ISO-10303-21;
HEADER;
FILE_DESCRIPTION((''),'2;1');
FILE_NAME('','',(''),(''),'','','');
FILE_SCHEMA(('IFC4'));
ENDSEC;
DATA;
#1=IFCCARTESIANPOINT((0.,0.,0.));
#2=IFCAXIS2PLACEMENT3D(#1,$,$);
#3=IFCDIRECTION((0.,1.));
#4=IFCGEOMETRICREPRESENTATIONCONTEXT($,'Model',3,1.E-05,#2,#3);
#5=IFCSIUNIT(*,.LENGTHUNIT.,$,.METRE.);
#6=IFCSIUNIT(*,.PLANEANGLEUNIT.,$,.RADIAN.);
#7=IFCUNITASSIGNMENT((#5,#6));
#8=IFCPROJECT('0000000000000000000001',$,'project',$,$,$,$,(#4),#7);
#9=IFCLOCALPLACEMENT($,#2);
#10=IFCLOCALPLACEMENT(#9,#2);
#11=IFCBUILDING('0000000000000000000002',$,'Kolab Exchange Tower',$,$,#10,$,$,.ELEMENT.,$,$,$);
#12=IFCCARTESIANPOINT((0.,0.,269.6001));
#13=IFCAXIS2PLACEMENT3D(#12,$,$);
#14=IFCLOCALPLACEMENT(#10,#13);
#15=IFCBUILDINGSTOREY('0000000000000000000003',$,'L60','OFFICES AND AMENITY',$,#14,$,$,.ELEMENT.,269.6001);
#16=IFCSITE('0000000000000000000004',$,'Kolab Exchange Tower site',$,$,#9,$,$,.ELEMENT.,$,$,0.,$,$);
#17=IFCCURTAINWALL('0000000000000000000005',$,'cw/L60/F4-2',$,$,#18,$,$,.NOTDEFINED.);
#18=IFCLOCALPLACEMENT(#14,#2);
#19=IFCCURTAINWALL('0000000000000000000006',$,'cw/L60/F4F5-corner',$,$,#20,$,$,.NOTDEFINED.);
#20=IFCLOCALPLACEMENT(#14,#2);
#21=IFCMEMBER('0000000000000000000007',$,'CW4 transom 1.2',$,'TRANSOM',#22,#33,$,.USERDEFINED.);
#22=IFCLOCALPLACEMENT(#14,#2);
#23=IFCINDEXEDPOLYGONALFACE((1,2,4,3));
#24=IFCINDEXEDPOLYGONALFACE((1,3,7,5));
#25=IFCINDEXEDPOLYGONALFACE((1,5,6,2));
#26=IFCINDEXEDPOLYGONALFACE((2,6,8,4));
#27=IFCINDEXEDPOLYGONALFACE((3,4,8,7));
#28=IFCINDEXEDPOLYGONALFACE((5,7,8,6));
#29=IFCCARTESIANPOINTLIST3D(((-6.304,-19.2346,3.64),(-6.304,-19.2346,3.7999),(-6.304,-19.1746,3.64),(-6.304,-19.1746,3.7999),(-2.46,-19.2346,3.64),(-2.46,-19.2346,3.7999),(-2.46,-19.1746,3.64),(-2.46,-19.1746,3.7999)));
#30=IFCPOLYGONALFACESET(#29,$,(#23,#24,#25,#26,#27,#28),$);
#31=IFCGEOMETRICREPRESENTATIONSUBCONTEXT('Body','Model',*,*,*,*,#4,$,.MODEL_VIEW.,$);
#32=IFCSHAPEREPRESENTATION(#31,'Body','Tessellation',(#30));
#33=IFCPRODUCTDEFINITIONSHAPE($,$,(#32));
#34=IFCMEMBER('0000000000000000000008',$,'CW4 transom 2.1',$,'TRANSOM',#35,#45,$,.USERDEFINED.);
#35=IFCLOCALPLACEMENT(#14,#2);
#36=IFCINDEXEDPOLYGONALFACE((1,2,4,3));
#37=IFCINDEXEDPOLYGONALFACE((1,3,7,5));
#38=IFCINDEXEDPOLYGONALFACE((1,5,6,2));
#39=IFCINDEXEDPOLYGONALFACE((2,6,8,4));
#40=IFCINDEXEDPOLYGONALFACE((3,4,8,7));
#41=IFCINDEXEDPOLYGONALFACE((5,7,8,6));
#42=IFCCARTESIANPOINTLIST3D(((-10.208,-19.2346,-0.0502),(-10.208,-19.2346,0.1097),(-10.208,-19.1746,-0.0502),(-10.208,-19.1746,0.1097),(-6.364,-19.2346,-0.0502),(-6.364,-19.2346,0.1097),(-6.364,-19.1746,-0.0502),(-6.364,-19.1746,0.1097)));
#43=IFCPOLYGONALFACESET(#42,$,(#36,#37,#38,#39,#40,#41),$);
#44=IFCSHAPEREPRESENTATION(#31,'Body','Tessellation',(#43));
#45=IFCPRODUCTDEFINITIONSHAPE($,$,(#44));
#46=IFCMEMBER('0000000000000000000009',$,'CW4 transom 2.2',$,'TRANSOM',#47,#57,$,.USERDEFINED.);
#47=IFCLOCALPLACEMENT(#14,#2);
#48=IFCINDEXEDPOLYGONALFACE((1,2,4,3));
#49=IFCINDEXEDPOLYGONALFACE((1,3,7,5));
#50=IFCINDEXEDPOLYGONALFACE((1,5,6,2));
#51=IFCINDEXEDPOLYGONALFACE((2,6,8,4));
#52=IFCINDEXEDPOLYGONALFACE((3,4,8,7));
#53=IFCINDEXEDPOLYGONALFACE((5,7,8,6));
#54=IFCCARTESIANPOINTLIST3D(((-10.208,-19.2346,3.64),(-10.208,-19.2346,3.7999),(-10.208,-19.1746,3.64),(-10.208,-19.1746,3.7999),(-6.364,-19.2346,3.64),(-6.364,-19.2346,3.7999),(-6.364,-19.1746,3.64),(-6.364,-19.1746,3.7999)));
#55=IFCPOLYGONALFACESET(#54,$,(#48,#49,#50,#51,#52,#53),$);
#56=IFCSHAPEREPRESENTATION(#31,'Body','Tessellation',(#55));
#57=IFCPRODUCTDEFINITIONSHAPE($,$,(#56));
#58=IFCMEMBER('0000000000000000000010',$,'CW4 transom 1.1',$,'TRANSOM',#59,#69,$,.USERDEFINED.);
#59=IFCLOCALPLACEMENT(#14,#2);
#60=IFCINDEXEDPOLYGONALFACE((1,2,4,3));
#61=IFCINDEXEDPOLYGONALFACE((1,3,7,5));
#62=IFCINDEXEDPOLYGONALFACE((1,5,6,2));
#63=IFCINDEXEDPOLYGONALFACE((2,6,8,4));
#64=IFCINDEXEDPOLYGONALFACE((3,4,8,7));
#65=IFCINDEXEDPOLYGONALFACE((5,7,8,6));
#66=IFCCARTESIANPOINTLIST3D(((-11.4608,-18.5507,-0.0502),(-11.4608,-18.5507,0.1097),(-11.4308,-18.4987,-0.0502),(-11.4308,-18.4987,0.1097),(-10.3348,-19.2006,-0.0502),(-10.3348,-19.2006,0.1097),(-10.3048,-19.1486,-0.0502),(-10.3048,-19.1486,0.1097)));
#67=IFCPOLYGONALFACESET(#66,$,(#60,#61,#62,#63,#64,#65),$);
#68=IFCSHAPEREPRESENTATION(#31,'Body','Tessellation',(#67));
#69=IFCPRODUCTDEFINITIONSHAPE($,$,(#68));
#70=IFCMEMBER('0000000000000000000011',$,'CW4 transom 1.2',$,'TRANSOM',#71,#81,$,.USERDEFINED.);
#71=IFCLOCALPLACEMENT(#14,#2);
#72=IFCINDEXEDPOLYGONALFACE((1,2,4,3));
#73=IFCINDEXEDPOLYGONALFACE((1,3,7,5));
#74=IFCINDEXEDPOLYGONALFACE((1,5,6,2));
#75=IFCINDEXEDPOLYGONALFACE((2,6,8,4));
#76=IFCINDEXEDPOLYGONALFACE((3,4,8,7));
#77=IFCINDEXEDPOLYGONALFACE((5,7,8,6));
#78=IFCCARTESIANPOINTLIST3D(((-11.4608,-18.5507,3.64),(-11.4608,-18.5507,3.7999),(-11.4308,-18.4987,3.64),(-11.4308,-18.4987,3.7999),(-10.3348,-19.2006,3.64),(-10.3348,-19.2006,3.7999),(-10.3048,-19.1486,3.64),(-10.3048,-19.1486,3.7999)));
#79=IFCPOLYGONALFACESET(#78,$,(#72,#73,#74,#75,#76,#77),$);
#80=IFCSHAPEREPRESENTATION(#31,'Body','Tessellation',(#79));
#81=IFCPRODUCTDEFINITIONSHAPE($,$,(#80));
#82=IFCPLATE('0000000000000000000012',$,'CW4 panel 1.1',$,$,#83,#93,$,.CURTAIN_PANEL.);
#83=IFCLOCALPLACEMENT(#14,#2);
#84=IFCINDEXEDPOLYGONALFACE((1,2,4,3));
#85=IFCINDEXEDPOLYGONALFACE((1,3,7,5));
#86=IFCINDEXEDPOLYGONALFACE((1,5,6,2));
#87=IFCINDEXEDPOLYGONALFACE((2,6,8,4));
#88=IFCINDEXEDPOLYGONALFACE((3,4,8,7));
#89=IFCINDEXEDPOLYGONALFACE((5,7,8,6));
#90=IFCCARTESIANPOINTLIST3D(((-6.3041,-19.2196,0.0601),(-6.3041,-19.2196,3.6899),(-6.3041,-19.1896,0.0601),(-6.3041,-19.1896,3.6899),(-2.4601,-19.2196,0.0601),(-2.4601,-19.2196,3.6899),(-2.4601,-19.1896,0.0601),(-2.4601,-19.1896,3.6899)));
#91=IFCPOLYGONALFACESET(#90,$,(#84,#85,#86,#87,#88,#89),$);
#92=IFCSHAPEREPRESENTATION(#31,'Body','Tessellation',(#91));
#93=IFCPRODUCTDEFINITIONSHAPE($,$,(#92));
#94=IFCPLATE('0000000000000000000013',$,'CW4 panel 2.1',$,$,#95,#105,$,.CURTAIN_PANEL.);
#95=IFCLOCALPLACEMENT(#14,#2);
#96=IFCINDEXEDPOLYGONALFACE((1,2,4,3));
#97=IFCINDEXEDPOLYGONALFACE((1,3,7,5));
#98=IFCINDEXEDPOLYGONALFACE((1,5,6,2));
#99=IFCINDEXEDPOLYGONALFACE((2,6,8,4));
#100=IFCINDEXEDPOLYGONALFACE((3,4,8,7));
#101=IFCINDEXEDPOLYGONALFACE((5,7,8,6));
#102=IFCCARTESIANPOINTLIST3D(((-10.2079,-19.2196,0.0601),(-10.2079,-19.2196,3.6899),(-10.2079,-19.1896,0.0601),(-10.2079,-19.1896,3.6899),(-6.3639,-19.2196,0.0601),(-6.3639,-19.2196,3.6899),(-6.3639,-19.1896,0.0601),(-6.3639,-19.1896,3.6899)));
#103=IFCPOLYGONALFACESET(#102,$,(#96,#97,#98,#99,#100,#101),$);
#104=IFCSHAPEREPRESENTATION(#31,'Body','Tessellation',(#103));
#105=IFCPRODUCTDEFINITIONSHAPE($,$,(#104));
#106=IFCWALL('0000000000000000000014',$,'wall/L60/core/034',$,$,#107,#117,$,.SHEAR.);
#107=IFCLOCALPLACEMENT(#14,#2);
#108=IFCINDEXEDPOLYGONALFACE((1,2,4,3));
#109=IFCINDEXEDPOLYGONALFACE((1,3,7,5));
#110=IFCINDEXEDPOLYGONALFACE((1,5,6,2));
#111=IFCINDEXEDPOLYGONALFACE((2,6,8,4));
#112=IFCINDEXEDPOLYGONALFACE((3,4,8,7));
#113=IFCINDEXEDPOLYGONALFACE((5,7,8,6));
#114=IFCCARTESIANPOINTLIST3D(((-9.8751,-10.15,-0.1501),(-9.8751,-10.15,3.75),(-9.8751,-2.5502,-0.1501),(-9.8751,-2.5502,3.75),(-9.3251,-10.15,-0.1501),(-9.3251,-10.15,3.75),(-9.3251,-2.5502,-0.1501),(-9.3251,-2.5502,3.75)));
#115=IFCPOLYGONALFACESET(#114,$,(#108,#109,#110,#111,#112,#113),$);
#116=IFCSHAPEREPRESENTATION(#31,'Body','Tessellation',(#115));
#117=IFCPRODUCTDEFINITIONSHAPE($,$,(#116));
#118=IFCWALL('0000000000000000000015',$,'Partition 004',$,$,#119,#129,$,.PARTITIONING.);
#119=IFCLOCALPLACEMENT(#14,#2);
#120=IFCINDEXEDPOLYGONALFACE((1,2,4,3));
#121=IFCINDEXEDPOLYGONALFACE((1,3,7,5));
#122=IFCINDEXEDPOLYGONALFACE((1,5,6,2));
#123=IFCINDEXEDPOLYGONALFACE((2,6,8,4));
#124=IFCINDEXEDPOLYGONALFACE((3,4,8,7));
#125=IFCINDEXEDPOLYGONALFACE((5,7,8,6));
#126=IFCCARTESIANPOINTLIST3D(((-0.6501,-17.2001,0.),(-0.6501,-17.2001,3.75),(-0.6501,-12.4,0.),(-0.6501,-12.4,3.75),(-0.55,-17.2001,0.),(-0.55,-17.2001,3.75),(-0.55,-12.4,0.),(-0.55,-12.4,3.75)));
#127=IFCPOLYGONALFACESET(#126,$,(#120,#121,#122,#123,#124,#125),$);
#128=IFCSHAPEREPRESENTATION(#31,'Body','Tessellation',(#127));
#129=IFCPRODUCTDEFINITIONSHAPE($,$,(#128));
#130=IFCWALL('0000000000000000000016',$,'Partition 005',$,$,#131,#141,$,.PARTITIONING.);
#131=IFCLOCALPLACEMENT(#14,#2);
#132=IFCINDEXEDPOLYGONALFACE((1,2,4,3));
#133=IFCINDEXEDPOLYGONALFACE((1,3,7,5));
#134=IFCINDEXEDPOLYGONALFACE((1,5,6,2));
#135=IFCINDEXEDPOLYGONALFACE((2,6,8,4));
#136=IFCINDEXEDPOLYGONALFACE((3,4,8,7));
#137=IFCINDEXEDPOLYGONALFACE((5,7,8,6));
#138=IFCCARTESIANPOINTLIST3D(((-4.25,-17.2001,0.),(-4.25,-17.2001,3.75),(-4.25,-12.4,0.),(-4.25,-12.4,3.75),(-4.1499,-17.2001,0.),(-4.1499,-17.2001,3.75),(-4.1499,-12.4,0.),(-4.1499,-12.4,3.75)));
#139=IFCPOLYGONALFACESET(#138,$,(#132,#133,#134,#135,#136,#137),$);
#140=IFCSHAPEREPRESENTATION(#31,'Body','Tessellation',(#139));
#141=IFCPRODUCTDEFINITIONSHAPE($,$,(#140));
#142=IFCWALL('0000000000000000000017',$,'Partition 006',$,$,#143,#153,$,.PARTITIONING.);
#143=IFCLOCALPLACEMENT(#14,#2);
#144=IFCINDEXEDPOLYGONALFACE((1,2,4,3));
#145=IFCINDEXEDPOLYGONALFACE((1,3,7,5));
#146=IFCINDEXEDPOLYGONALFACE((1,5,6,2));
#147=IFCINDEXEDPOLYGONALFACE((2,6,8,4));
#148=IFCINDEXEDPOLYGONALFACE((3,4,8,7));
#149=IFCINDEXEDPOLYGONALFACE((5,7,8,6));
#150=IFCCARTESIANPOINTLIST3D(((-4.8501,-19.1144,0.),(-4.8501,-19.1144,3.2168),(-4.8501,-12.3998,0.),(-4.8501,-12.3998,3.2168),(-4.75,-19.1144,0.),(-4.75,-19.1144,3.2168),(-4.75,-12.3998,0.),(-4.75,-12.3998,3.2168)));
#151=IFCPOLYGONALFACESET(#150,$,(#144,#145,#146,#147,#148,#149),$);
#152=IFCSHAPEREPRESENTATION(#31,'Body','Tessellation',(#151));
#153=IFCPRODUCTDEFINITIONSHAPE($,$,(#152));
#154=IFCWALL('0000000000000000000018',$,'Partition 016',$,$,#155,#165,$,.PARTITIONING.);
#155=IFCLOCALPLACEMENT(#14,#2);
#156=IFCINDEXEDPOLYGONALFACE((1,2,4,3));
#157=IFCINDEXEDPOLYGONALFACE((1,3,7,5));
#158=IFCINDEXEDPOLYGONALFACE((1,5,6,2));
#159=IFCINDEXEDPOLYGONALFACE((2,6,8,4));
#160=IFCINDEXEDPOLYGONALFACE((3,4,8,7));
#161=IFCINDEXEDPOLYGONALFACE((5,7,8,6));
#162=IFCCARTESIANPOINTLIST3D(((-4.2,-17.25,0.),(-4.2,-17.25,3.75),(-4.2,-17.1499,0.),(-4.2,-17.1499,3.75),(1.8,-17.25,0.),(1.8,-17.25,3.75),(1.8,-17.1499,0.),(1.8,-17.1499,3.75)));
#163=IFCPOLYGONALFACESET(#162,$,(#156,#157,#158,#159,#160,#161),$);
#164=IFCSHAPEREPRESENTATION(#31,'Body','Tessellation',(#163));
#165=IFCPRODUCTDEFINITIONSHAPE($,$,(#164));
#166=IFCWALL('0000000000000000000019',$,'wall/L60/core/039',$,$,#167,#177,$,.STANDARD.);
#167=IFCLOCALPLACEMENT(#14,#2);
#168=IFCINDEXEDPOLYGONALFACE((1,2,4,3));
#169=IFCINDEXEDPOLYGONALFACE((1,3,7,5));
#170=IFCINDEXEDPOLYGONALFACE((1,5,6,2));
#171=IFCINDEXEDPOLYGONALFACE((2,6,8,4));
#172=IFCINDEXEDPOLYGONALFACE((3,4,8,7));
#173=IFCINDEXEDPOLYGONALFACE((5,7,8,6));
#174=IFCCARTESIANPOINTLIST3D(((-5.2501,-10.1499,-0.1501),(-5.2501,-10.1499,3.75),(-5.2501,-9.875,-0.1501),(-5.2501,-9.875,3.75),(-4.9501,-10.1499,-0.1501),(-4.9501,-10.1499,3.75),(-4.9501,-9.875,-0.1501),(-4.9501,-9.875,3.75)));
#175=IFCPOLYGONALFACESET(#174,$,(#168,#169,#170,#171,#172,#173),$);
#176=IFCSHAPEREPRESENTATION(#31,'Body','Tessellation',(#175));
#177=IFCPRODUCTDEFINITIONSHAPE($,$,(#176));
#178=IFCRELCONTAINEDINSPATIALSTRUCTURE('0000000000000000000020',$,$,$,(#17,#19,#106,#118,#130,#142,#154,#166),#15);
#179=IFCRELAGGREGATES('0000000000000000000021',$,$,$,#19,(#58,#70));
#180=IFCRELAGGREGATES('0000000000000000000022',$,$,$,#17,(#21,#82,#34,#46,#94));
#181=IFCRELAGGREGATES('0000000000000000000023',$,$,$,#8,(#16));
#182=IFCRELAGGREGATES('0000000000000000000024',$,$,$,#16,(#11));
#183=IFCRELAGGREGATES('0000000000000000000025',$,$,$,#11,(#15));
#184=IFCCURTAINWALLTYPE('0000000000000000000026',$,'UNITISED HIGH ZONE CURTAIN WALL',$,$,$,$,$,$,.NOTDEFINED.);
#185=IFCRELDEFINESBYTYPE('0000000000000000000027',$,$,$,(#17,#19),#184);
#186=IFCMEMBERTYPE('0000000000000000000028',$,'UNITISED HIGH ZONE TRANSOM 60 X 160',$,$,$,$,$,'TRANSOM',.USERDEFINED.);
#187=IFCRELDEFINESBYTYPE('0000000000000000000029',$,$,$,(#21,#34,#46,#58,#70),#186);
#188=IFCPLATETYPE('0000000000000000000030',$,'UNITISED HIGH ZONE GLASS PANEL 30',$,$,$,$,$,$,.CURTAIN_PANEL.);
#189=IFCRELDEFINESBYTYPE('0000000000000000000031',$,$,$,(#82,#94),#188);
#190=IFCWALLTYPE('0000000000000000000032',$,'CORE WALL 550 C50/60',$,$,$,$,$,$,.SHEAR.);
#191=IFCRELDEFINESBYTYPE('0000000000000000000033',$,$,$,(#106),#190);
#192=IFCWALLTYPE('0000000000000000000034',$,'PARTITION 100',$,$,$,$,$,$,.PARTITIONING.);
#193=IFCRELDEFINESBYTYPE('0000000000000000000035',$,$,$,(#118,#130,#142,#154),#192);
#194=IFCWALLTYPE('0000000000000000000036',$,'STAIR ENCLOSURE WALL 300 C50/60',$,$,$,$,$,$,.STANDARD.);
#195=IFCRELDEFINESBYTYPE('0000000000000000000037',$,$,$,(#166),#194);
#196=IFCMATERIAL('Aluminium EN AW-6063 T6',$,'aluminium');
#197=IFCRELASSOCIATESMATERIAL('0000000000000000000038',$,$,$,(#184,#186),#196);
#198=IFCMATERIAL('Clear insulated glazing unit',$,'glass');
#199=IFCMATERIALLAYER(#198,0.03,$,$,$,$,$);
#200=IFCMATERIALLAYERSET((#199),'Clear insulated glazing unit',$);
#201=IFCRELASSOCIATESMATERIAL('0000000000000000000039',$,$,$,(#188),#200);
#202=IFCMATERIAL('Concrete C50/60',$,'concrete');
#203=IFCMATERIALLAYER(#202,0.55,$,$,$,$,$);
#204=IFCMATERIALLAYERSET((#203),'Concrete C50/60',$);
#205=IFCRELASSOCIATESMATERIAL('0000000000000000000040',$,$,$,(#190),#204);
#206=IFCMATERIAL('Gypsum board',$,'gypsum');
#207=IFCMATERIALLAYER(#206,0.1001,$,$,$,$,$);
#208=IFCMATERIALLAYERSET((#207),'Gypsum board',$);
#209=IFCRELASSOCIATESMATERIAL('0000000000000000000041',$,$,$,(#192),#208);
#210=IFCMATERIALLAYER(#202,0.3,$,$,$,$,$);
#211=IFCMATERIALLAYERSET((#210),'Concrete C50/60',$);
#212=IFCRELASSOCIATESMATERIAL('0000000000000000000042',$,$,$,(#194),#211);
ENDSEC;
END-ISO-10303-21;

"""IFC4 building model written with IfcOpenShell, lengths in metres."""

from ifc_helpers import new_model, si_unit, direction, frame, frame_2d, origin, origin_2d, place, context, subcontext, project, spatial, rectangle, extrude, material, layer, layer_set, material_profile, profile_set, type_object, element, aggregate, save


model = new_model("IFC4")

# Units and contexts
model_context = context("Model", 3, precision=1e-05, world=origin(), true_north=direction((0.0, 1.0)))
body_context = subcontext(model_context, "Body", "Model", "MODEL_VIEW")
ifc_project = project(units=[si_unit("LENGTHUNIT", "METRE"), si_unit("PLANEANGLEUNIT", "RADIAN")], contexts=[model_context])

# Site, building, storey
site_placement = place(None, origin())
site = spatial("IfcSite", under=ifc_project, at=site_placement, Name="Kolab Exchange Tower site", CompositionType="ELEMENT", RefElevation=0.0)
building_placement = place(site_placement, origin())
building = spatial("IfcBuilding", under=site, at=building_placement, Name="Kolab Exchange Tower", CompositionType="ELEMENT")
storey_placement = place(building_placement, frame((0.0, 0.0, 269.6001)))
storey = spatial("IfcBuildingStorey", under=building, at=storey_placement, Name="L60", Description="OFFICES AND AMENITY", CompositionType="ELEMENT", Elevation=269.6001)

# Shared definitions
ifc_material_1 = material(Name="Concrete C50/60", Category="concrete")

# Curtain wall
ifc_material_2 = material(Name="Aluminium EN AW-6063 T6", Category="aluminium")
curtain_wall_type = type_object("IfcCurtainWallType", Name="UNITISED HIGH ZONE CURTAIN WALL", PredefinedType="NOTDEFINED", material=ifc_material_2)
curtain_wall_1_placement = place(storey_placement, origin())
curtain_wall_1 = element("IfcCurtainWall", 1, at=curtain_wall_1_placement, inside=storey, type_object=curtain_wall_type, Name="cw/L60/F4-2", PredefinedType="NOTDEFINED")

# Curtain wall
curtain_wall_2_placement = place(storey_placement, origin())
curtain_wall_2 = element("IfcCurtainWall", 2, at=curtain_wall_2_placement, inside=storey, type_object=curtain_wall_type, Name="cw/L60/F4F5-corner", PredefinedType="NOTDEFINED")

# Members
ifc_material_profile_1 = material_profile(ifc_material_2, rectangle(XDim=0.0601, YDim=0.1599, at=origin_2d()), Name="RECT 60X160")
ifc_profile_set_1 = profile_set([ifc_material_profile_1], Name="Aluminium EN AW-6063 T6")
member_type_1 = type_object("IfcMemberType", Name="UNITISED HIGH ZONE TRANSOM 60 X 160", ElementType="TRANSOM", PredefinedType="USERDEFINED", material=ifc_profile_set_1)
member_1_placement = place(storey_placement, frame((-2.46, -19.2046, 3.72), z_axis=(-1.0, 0.0, 0.0), x_axis=(0.0, -1.0, 0.0)))
member_1 = element("IfcMember", 3, at=member_1_placement, type_object=member_type_1, Name="CW4 transom 1.2", ObjectType="TRANSOM", PredefinedType="USERDEFINED", context=body_context, shape_type="SweptSolid", body=[
    extrude(rectangle(XDim=0.0601, YDim=0.1599, at=origin_2d()), origin(), (0.0, 0.0, 1.0), 3.844),
])
member_2_placement = place(storey_placement, frame((-6.364, -19.2046, 0.0298), z_axis=(-1.0, 0.0, 0.0), x_axis=(0.0, -1.0, 0.0)))
member_2 = element("IfcMember", 4, at=member_2_placement, type_object=member_type_1, Name="CW4 transom 2.1", ObjectType="TRANSOM", PredefinedType="USERDEFINED", context=body_context, shape_type="SweptSolid", body=[
    extrude(rectangle(XDim=0.0601, YDim=0.1599, at=origin_2d()), origin(), (0.0, 0.0, 1.0), 3.844),
])
member_3_placement = place(storey_placement, frame((-6.364, -19.2046, 3.72), z_axis=(-1.0, 0.0, 0.0), x_axis=(0.0, -1.0, 0.0)))
member_3 = element("IfcMember", 5, at=member_3_placement, type_object=member_type_1, Name="CW4 transom 2.2", ObjectType="TRANSOM", PredefinedType="USERDEFINED", context=body_context, shape_type="SweptSolid", body=[
    extrude(rectangle(XDim=0.0601, YDim=0.1599, at=origin_2d()), origin(), (0.0, 0.0, 1.0), 3.844),
])
member_4_placement = place(storey_placement, frame((-10.3198, -19.1746, 0.0298), z_axis=(-0.866086, 0.499896, 0.0), x_axis=(-0.499896, -0.866086, 0.0)))
member_4 = element("IfcMember", 6, at=member_4_placement, type_object=member_type_1, Name="CW4 transom 1.1", ObjectType="TRANSOM", PredefinedType="USERDEFINED", context=body_context, shape_type="SweptSolid", body=[
    extrude(rectangle(XDim=0.0601, YDim=0.1599, at=origin_2d()), origin(), (0.0, 0.0, 1.0), 1.3),
])
member_5_placement = place(storey_placement, frame((-10.3198, -19.1746, 3.72), z_axis=(-0.866086, 0.499896, 0.0), x_axis=(-0.499896, -0.866086, 0.0)))
member_5 = element("IfcMember", 7, at=member_5_placement, type_object=member_type_1, Name="CW4 transom 1.2", ObjectType="TRANSOM", PredefinedType="USERDEFINED", context=body_context, shape_type="SweptSolid", body=[
    extrude(rectangle(XDim=0.0601, YDim=0.1599, at=origin_2d()), origin(), (0.0, 0.0, 1.0), 1.3),
])
aggregate(curtain_wall_2, [member_4, member_5])

# Plates
ifc_material_3 = material(Name="Clear insulated glazing unit", Category="glass")
ifc_layer_1 = layer(ifc_material_3, 0.03)
ifc_layer_set_1 = layer_set([ifc_layer_1], Name="Clear insulated glazing unit")
plate_type = type_object("IfcPlateType", Name="UNITISED HIGH ZONE GLASS PANEL 30", PredefinedType="CURTAIN_PANEL", material=ifc_layer_set_1)
plate_1_placement = place(storey_placement, frame((-4.3821, -19.2046, 0.0601), z_axis=(0.0, 0.0, 1.0), x_axis=(-1.0, 0.0, 0.0)))
plate_1 = element("IfcPlate", 8, at=plate_1_placement, type_object=plate_type, Name="CW4 panel 1.1", PredefinedType="CURTAIN_PANEL", context=body_context, shape_type="SweptSolid", body=[
    extrude(rectangle(XDim=3.844, YDim=0.03, at=origin_2d()), origin(), (0.0, 0.0, 1.0), 3.6299),
])
plate_2_placement = place(storey_placement, frame((-8.2859, -19.2046, 0.0601), z_axis=(0.0, 0.0, 1.0), x_axis=(-1.0, 0.0, 0.0)))
plate_2 = element("IfcPlate", 9, at=plate_2_placement, type_object=plate_type, Name="CW4 panel 2.1", PredefinedType="CURTAIN_PANEL", context=body_context, shape_type="SweptSolid", body=[
    extrude(rectangle(XDim=3.844, YDim=0.03, at=origin_2d()), origin(), (0.0, 0.0, 1.0), 3.6299),
])
aggregate(curtain_wall_1, [member_1, plate_1, member_2, member_3, plate_2])

# Walls
ifc_layer_2 = layer(ifc_material_1, 0.55)
ifc_layer_set_2 = layer_set([ifc_layer_2], Name="Concrete C50/60")
wall_type_1 = type_object("IfcWallType", Name="CORE WALL 550 C50/60", PredefinedType="SHEAR", material=ifc_layer_set_2)
wall_1_placement = place(storey_placement, frame((-9.6001, -10.1499, -0.1501), z_axis=(0.0, 0.0, 1.0), x_axis=(0.0, 1.0, 0.0)))
element("IfcWall", 10, at=wall_1_placement, inside=storey, type_object=wall_type_1, Name="wall/L60/core/034", PredefinedType="SHEAR", context=body_context, shape_type="SweptSolid", body=[
    extrude(rectangle(XDim=7.5999, YDim=0.55, at=frame_2d((3.7998, 0.0))), origin(), (0.0, 0.0, 1.0), 3.9001),
])
ifc_material_4 = material(Name="Gypsum board", Category="gypsum")
ifc_layer_3 = layer(ifc_material_4, 0.1001)
ifc_layer_set_3 = layer_set([ifc_layer_3], Name="Gypsum board")
wall_type_2 = type_object("IfcWallType", Name="PARTITION 100", PredefinedType="PARTITIONING", material=ifc_layer_set_3)
for number, where, z_axis, x_axis, name in (
    (11, (-0.6001, -17.2, 0.0), (0.0, 0.0, 1.0), (0.0, 1.0, 0.0), "Partition 004"),
    (12, (-4.2, -17.2, 0.0), (0.0, 0.0, 1.0), (0.0, 1.0, 0.0), "Partition 005"),
):
    element("IfcWall", number, at=place(storey_placement, frame(where, z_axis=z_axis, x_axis=x_axis)), inside=storey, type_object=wall_type_2, Name=name, PredefinedType="PARTITIONING", context=body_context, shape_type="SweptSolid", body=[
        extrude(rectangle(XDim=4.8, YDim=0.1001, at=frame_2d((2.3999, 0.0))), origin(), (0.0, 0.0, 1.0), 3.75),
    ])
wall_2_placement = place(storey_placement, frame((-4.8, -19.1145, 0.0), z_axis=(0.0, 0.0, 1.0), x_axis=(0.0, 1.0, 0.0)))
element("IfcWall", 13, at=wall_2_placement, inside=storey, type_object=wall_type_2, Name="Partition 006", PredefinedType="PARTITIONING", context=body_context, shape_type="SweptSolid", body=[
    extrude(rectangle(XDim=6.7146, YDim=0.1001, at=frame_2d((3.3574, 0.0))), origin(), (0.0, 0.0, 1.0), 3.2168),
])
wall_3_placement = place(storey_placement, frame((-4.2, -17.2, 0.0), z_axis=(0.0, 0.0, 1.0), x_axis=(1.0, 0.0, 0.0)))
element("IfcWall", 14, at=wall_3_placement, inside=storey, type_object=wall_type_2, Name="Partition 016", PredefinedType="PARTITIONING", context=body_context, shape_type="SweptSolid", body=[
    extrude(rectangle(XDim=6.0, YDim=0.1001, at=frame_2d((3.0, 0.0))), origin(), (0.0, 0.0, 1.0), 3.75),
])
ifc_layer_4 = layer(ifc_material_1, 0.3)
ifc_layer_set_4 = layer_set([ifc_layer_4], Name="Concrete C50/60")
wall_type_3 = type_object("IfcWallType", Name="STAIR ENCLOSURE WALL 300 C50/60", PredefinedType="STANDARD", material=ifc_layer_set_4)
wall_4_placement = place(storey_placement, frame((-5.1001, -10.1499, -0.1501), z_axis=(0.0, 0.0, 1.0), x_axis=(0.0, 1.0, 0.0)))
element("IfcWall", 15, at=wall_4_placement, inside=storey, type_object=wall_type_3, Name="wall/L60/core/039", PredefinedType="STANDARD", context=body_context, shape_type="SweptSolid", body=[
    extrude(rectangle(XDim=0.2749, YDim=0.3, at=frame_2d((0.1375, 0.0))), origin(), (0.0, 0.0, 1.0), 3.9001),
])

save(model, "model.ifc")
